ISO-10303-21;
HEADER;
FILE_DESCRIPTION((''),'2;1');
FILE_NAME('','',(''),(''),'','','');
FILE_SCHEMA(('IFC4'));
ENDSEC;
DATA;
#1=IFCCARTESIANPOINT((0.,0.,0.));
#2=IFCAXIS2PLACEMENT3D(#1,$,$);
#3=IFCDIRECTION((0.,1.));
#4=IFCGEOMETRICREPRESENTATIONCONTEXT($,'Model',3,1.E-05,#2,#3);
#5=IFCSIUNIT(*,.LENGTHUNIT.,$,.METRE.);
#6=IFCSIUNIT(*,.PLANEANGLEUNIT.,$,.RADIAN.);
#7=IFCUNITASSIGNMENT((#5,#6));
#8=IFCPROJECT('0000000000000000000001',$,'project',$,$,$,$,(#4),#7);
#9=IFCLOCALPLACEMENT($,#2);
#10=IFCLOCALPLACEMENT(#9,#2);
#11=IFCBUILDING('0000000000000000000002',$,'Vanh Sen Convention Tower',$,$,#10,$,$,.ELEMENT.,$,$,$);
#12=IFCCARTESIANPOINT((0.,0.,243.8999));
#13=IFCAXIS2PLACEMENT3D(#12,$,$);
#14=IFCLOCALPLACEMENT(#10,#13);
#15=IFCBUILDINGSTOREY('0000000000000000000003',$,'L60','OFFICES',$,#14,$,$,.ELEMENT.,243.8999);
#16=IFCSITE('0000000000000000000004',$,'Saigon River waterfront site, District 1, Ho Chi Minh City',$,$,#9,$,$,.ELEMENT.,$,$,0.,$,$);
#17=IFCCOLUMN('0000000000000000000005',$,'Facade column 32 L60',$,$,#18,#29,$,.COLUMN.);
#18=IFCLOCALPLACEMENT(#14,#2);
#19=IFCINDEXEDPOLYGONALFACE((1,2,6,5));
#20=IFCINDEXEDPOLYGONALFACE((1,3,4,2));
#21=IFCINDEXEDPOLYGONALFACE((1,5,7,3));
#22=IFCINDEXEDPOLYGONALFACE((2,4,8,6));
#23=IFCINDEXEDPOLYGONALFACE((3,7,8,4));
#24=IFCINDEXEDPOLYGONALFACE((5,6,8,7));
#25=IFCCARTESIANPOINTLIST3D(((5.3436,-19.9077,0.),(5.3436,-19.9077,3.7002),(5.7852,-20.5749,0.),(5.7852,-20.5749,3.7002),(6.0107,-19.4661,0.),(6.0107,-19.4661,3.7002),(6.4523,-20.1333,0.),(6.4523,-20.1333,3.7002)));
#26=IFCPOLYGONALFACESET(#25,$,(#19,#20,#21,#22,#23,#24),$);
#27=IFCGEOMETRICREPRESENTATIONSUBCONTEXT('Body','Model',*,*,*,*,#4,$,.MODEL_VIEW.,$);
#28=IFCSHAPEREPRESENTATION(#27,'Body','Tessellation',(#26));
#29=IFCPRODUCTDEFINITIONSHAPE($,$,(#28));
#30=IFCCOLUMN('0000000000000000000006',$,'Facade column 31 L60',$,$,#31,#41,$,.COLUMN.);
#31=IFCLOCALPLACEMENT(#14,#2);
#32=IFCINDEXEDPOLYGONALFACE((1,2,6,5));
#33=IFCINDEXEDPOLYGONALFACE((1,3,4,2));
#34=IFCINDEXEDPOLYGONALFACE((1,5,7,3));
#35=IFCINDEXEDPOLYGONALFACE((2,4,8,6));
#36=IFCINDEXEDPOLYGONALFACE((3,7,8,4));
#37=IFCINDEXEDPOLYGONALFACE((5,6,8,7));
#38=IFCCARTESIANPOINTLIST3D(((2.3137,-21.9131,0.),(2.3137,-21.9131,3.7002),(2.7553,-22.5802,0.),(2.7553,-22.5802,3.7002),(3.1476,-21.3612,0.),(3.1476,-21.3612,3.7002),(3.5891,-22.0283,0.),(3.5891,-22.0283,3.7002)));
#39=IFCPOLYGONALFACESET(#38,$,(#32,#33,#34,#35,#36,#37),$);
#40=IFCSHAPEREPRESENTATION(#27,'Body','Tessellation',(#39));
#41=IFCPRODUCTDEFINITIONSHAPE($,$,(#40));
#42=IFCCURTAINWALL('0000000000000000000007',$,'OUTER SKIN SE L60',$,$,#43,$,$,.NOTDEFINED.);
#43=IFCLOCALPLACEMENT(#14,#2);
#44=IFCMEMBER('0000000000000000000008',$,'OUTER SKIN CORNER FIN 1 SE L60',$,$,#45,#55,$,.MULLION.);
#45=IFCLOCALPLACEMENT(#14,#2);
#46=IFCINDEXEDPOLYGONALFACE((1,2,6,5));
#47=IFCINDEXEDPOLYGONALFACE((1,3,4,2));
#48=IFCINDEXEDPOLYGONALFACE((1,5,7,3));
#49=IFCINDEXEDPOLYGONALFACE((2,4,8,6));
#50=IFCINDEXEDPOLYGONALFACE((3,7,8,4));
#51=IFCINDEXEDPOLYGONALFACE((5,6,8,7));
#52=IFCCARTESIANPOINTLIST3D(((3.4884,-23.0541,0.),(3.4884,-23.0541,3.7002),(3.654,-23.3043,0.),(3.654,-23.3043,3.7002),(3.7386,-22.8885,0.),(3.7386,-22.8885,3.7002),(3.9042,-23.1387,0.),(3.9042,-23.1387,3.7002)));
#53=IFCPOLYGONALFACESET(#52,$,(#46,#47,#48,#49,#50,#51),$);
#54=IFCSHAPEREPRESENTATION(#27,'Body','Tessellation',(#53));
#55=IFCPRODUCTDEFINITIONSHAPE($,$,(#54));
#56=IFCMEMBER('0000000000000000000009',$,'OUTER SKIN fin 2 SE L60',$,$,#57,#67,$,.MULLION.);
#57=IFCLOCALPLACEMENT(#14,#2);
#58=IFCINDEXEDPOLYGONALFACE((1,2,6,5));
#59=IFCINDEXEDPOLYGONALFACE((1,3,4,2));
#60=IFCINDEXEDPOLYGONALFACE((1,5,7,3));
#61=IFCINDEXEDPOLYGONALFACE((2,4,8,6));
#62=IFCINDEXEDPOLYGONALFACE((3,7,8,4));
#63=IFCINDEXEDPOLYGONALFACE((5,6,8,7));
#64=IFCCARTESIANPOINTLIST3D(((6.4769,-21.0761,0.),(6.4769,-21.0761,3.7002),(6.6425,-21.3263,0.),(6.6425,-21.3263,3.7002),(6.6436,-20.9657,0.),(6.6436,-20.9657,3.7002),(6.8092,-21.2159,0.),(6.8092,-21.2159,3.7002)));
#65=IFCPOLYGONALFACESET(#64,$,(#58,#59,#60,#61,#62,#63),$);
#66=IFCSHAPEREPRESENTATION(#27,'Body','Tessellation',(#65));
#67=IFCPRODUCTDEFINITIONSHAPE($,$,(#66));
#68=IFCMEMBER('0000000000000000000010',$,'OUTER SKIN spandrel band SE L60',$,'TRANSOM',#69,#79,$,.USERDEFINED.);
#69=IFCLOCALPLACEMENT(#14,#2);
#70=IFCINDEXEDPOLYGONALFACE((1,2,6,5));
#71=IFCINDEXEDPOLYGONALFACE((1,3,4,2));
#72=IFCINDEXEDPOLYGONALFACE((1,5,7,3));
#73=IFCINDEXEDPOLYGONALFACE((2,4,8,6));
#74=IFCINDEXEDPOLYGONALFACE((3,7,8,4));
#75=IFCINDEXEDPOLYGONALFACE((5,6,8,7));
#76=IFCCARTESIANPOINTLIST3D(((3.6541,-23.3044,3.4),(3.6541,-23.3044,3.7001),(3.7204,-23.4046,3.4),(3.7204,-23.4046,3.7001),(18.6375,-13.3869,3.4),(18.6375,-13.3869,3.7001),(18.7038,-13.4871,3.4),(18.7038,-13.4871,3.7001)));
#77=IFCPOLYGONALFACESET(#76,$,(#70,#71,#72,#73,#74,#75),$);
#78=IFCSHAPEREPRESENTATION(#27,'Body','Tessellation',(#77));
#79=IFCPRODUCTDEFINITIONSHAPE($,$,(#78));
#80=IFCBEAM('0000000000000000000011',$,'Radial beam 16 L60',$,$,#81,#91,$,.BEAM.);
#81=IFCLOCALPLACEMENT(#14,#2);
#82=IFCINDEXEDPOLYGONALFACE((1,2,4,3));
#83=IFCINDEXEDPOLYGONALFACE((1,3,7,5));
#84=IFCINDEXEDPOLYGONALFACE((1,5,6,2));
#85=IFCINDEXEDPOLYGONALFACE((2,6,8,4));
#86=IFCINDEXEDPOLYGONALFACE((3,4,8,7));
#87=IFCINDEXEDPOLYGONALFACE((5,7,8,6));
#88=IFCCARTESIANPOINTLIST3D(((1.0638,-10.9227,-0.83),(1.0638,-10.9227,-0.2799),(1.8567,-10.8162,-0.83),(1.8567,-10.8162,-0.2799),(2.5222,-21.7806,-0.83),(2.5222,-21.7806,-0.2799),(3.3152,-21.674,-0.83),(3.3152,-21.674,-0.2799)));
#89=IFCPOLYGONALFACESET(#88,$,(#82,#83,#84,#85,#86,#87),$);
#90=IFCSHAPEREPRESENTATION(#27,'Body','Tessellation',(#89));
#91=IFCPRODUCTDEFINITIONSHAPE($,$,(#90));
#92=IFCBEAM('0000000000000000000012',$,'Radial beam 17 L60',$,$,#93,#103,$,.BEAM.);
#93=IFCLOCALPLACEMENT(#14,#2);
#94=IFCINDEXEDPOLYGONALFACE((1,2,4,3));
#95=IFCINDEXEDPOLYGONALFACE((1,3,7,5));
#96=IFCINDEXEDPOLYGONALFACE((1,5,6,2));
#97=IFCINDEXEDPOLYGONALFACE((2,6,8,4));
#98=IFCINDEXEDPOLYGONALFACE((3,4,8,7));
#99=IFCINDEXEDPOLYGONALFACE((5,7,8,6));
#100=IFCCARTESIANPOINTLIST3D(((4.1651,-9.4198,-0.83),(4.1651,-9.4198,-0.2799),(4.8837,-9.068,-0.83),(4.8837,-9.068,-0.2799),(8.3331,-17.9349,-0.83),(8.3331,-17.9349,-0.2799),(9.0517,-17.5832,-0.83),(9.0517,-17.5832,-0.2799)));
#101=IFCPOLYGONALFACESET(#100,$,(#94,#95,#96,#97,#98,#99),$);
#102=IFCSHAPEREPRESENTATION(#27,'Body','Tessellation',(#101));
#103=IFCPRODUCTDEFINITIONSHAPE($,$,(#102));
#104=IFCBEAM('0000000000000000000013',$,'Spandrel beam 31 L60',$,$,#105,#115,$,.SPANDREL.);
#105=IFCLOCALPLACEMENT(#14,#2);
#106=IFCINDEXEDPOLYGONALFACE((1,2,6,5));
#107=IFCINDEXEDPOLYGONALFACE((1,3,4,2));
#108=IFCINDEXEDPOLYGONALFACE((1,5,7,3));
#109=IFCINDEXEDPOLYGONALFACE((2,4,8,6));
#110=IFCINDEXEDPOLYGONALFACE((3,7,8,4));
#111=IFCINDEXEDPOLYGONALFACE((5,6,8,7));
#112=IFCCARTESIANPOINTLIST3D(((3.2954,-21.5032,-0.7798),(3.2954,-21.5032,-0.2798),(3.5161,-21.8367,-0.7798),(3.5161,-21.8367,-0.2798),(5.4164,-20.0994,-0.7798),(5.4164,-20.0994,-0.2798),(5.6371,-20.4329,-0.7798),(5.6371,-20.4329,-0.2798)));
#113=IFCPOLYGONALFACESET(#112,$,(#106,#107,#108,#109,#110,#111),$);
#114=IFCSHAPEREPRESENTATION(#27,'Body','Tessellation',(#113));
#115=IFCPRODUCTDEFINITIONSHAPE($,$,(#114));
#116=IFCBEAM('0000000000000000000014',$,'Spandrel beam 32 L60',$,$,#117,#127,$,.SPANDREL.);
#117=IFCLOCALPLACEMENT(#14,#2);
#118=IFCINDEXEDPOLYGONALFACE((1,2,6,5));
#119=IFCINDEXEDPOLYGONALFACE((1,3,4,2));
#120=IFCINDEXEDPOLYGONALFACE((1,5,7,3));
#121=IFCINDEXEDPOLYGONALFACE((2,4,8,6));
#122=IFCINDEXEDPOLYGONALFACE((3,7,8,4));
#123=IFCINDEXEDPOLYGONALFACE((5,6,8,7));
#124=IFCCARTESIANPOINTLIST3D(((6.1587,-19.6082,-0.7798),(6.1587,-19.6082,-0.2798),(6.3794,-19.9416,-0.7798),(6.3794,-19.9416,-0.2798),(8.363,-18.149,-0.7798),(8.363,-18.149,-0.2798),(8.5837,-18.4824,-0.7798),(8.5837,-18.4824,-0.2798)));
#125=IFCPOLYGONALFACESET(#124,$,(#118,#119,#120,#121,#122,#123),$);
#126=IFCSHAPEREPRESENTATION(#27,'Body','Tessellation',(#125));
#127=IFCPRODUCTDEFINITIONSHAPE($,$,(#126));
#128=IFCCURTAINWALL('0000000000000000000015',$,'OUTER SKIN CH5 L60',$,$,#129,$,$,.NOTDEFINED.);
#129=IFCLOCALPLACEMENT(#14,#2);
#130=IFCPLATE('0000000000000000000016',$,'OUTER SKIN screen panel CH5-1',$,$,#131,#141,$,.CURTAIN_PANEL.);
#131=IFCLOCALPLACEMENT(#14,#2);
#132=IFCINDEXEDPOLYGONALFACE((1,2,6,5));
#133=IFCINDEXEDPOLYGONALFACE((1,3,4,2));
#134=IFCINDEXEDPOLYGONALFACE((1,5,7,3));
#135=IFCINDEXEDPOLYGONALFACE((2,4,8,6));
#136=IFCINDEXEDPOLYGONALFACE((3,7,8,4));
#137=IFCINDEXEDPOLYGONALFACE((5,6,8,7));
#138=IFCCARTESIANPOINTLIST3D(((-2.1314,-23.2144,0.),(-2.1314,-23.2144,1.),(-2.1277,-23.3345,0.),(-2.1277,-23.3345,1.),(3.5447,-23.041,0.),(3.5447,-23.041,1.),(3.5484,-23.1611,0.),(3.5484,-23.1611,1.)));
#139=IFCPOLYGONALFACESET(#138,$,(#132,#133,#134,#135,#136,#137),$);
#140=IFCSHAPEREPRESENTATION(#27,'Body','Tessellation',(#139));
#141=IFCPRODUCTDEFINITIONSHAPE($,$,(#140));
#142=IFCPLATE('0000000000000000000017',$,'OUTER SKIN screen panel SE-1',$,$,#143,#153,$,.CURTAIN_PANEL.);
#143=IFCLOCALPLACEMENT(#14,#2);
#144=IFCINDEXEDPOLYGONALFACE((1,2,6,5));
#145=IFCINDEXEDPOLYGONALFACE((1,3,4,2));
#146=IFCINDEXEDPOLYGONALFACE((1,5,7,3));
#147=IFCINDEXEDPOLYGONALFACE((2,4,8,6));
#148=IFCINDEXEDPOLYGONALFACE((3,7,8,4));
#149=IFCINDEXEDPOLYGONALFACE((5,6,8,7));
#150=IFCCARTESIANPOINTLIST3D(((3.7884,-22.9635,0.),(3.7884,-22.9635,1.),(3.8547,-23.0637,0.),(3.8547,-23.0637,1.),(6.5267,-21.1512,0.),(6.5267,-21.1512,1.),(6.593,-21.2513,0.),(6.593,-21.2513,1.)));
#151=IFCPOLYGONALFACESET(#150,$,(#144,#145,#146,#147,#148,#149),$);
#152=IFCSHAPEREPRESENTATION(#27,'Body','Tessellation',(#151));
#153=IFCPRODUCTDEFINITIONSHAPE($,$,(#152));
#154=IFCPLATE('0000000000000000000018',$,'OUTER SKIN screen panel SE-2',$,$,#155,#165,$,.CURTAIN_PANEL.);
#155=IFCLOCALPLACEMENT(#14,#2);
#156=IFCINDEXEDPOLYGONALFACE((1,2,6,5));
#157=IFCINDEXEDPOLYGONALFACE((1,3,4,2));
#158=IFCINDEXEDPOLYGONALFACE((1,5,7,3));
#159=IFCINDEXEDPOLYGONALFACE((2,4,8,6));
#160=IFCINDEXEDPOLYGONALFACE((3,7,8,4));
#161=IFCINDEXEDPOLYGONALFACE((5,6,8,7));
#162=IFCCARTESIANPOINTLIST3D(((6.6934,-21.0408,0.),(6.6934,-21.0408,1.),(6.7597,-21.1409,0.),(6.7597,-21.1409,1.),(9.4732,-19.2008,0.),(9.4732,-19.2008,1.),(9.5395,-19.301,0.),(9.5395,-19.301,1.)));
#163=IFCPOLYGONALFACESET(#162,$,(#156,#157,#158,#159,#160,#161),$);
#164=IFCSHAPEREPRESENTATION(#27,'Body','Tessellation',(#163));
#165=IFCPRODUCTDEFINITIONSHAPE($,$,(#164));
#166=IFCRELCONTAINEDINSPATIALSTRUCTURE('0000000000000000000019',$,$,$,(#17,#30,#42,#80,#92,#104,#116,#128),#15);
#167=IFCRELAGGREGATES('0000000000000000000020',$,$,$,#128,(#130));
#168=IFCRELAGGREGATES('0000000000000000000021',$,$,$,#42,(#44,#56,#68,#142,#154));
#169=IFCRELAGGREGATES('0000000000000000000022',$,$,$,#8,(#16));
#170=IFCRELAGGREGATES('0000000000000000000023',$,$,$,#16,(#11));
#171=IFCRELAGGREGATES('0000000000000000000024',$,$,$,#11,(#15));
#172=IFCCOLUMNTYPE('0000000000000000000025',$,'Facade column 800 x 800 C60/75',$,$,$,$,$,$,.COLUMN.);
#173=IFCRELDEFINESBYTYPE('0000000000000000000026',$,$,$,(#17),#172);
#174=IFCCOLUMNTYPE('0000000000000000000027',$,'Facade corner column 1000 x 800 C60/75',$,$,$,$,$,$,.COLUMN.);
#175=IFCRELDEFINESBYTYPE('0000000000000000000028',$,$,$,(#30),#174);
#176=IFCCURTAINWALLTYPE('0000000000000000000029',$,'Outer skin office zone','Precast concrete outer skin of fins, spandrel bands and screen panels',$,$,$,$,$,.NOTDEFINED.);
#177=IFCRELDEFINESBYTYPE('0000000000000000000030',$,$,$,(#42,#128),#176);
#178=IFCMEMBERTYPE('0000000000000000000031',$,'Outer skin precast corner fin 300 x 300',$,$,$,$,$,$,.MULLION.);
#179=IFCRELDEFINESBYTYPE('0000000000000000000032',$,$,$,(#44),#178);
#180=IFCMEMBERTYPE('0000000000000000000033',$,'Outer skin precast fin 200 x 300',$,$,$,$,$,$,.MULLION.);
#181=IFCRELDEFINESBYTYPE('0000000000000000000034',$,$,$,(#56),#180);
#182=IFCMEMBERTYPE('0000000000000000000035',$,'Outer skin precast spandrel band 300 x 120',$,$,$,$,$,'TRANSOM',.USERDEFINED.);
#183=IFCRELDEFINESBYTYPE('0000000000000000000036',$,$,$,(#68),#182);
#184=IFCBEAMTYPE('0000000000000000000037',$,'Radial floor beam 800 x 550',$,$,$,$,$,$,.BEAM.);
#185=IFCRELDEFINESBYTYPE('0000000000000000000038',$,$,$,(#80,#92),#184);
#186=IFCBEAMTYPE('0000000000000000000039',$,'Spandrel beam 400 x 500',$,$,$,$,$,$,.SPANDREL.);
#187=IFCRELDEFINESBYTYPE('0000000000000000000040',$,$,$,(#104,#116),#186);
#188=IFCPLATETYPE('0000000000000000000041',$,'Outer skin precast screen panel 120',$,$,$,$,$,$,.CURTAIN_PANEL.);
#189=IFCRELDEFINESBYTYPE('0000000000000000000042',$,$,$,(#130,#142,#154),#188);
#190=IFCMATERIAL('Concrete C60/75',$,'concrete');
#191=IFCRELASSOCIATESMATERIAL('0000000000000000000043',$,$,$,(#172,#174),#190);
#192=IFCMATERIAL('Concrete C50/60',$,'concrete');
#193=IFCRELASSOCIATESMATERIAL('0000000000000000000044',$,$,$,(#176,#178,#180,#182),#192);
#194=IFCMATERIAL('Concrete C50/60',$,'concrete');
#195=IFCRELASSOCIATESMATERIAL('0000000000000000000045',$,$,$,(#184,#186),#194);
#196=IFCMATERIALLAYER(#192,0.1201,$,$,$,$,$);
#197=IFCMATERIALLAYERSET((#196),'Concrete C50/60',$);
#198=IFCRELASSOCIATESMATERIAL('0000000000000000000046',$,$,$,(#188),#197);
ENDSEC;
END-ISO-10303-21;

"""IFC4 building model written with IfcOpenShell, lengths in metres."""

from ifc_helpers import new_model, si_unit, direction, frame, origin, origin_2d, place, context, subcontext, project, spatial, rectangle, extrude, material, layer, layer_set, material_profile, profile_set, type_object, element, aggregate, save


model = new_model("IFC4")

# Units and contexts
model_context = context("Model", 3, precision=1e-05, world=origin(), true_north=direction((0.0, 1.0)))
body_context = subcontext(model_context, "Body", "Model", "MODEL_VIEW")
ifc_project = project(units=[si_unit("LENGTHUNIT", "METRE"), si_unit("PLANEANGLEUNIT", "RADIAN")], contexts=[model_context])

# Site, building, storey
site_placement = place(None, origin())
site = spatial("IfcSite", under=ifc_project, at=site_placement, Name="Saigon River waterfront site, District 1, Ho Chi Minh City", CompositionType="ELEMENT", RefElevation=0.0)
building_placement = place(site_placement, origin())
building = spatial("IfcBuilding", under=site, at=building_placement, Name="Vanh Sen Convention Tower", CompositionType="ELEMENT")
storey_placement = place(building_placement, frame((0.0, 0.0, 243.8999)))
storey = spatial("IfcBuildingStorey", under=building, at=storey_placement, Name="L60", Description="OFFICES", CompositionType="ELEMENT", Elevation=243.8999)

# Columns
ifc_material_1 = material(Name="Concrete C60/75", Category="concrete")
ifc_material_profile_1 = material_profile(ifc_material_1, rectangle(XDim=0.8, YDim=0.8, at=origin_2d()), Name="RC 800X800")
ifc_profile_set_1 = profile_set([ifc_material_profile_1], Name="Concrete C60/75")
column_type_1 = type_object("IfcColumnType", Name="Facade column 800 x 800 C60/75", PredefinedType="COLUMN", material=ifc_profile_set_1)
column_1_placement = place(storey_placement, frame((5.8979, -20.0205, 0.0), z_axis=(0.0, 0.0, 1.0), x_axis=(0.833886, 0.551937, 0.0)))
element("IfcColumn", 1, at=column_1_placement, inside=storey, type_object=column_type_1, Name="Facade column 32 L60", PredefinedType="COLUMN", context=body_context, shape_type="SweptSolid", body=[
    extrude(rectangle(XDim=0.8, YDim=0.8, at=origin_2d()), origin(), (0.0, 0.0, 1.0), 3.7002),
])
ifc_material_profile_2 = material_profile(ifc_material_1, rectangle(XDim=1.0, YDim=0.8, at=origin_2d()), Name="RC 1000X800")
ifc_profile_set_2 = profile_set([ifc_material_profile_2], Name="Concrete C60/75")
column_type_2 = type_object("IfcColumnType", Name="Facade corner column 1000 x 800 C60/75", PredefinedType="COLUMN", material=ifc_profile_set_2)
column_2_placement = place(storey_placement, frame((2.9514, -21.9707, 0.0), z_axis=(0.0, 0.0, 1.0), x_axis=(0.833886, 0.551937, 0.0)))
element("IfcColumn", 2, at=column_2_placement, inside=storey, type_object=column_type_2, Name="Facade column 31 L60", PredefinedType="COLUMN", context=body_context, shape_type="SweptSolid", body=[
    extrude(rectangle(XDim=1.0, YDim=0.8, at=origin_2d()), origin(), (0.0, 0.0, 1.0), 3.7002),
])

# Curtain wall, members
ifc_material_2 = material(Name="Concrete C50/60", Category="concrete")
curtain_wall_type = type_object("IfcCurtainWallType", Name="Outer skin office zone", Description="Precast concrete outer skin of fins, spandrel bands and screen panels", PredefinedType="NOTDEFINED", material=ifc_material_2)
curtain_wall_1_placement = place(storey_placement, origin())
curtain_wall_1 = element("IfcCurtainWall", 3, at=curtain_wall_1_placement, inside=storey, type_object=curtain_wall_type, Name="OUTER SKIN SE L60", PredefinedType="NOTDEFINED")
ifc_material_profile_3 = material_profile(ifc_material_2, rectangle(XDim=0.3, YDim=0.3, at=origin_2d()), Name="Outer skin precast corner fin 300 x 300")
ifc_profile_set_3 = profile_set([ifc_material_profile_3], Name="Concrete C50/60")
member_type_1 = type_object("IfcMemberType", Name="Outer skin precast corner fin 300 x 300", PredefinedType="MULLION", material=ifc_profile_set_3)
member_1_placement = place(storey_placement, frame((3.6963, -23.0964, 0.0), z_axis=(0.0, 0.0, 1.0), x_axis=(0.833886, 0.551937, 0.0)))
member_1 = element("IfcMember", 4, at=member_1_placement, type_object=member_type_1, Name="OUTER SKIN CORNER FIN 1 SE L60", PredefinedType="MULLION", context=body_context, shape_type="SweptSolid", body=[
    extrude(rectangle(XDim=0.3, YDim=0.3, at=origin_2d()), origin(), (0.0, 0.0, 1.0), 3.7002),
])
ifc_material_profile_4 = material_profile(ifc_material_2, rectangle(XDim=0.2, YDim=0.3, at=origin_2d()), Name="Outer skin precast fin 200 x 300")
ifc_profile_set_4 = profile_set([ifc_material_profile_4], Name="Concrete C50/60")
member_type_2 = type_object("IfcMemberType", Name="Outer skin precast fin 200 x 300", PredefinedType="MULLION", material=ifc_profile_set_4)
member_2_placement = place(storey_placement, frame((6.6431, -21.146, 0.0), z_axis=(0.0, 0.0, 1.0), x_axis=(0.833886, 0.551937, 0.0)))
member_2 = element("IfcMember", 5, at=member_2_placement, type_object=member_type_2, Name="OUTER SKIN fin 2 SE L60", PredefinedType="MULLION", context=body_context, shape_type="SweptSolid", body=[
    extrude(rectangle(XDim=0.2, YDim=0.3, at=origin_2d()), origin(), (0.0, 0.0, 1.0), 3.7002),
])
ifc_material_profile_5 = material_profile(ifc_material_2, rectangle(XDim=0.1201, YDim=0.3, at=origin_2d()), Name="Outer skin precast spandrel band 300 x 120")
ifc_profile_set_5 = profile_set([ifc_material_profile_5], Name="Concrete C50/60")
member_type_3 = type_object("IfcMemberType", Name="Outer skin precast spandrel band 300 x 120", ElementType="TRANSOM", PredefinedType="USERDEFINED", material=ifc_profile_set_5)
member_3_placement = place(storey_placement, frame((3.6873, -23.3545, 3.55), z_axis=(0.833881, 0.551944, 0.0), x_axis=(-0.551944, 0.833881, 0.0)))
member_3 = element("IfcMember", 6, at=member_3_placement, type_object=member_type_3, Name="OUTER SKIN spandrel band SE L60", ObjectType="TRANSOM", PredefinedType="USERDEFINED", context=body_context, shape_type="SweptSolid", body=[
    extrude(rectangle(XDim=0.1201, YDim=0.3, at=origin_2d()), origin(), (0.0, 0.0, 1.0), 17.9683),
])

# Beams
ifc_material_3 = material(Name="Concrete C50/60", Category="concrete")
ifc_material_profile_6 = material_profile(ifc_material_3, rectangle(XDim=0.8, YDim=0.55, at=origin_2d()), Name="RC 800X550")
ifc_profile_set_6 = profile_set([ifc_material_profile_6], Name="Concrete C50/60")
beam_type_1 = type_object("IfcBeamType", Name="Radial floor beam 800 x 550", PredefinedType="BEAM", material=ifc_profile_set_6)
beam_1_placement = place(storey_placement, frame((2.9187, -21.7273, -0.5549), z_axis=(-0.13313, 0.991099, 0.0), x_axis=(-0.991099, -0.13313, 0.0)))
element("IfcBeam", 7, at=beam_1_placement, inside=storey, type_object=beam_type_1, Name="Radial beam 16 L60", PredefinedType="BEAM", context=body_context, shape_type="SweptSolid", body=[
    extrude(rectangle(XDim=0.8, YDim=0.55, at=origin_2d()), origin(), (0.0, 0.0, 1.0), 10.9553),
])
beam_2_placement = place(storey_placement, frame((8.6924, -17.759, -0.5549), z_axis=(-0.439637, 0.898176, 0.0), x_axis=(-0.898176, -0.439637, 0.0)))
element("IfcBeam", 8, at=beam_2_placement, inside=storey, type_object=beam_type_1, Name="Radial beam 17 L60", PredefinedType="BEAM", context=body_context, shape_type="SweptSolid", body=[
    extrude(rectangle(XDim=0.8, YDim=0.55, at=origin_2d()), origin(), (0.0, 0.0, 1.0), 9.4805),
])
ifc_material_profile_7 = material_profile(ifc_material_3, rectangle(XDim=0.3999, YDim=0.5, at=origin_2d()), Name="RC 400X500")
ifc_profile_set_7 = profile_set([ifc_material_profile_7], Name="Concrete C50/60")
beam_type_2 = type_object("IfcBeamType", Name="Spandrel beam 400 x 500", PredefinedType="SPANDREL", material=ifc_profile_set_7)
beam_3_placement = place(storey_placement, frame((3.4058, -21.6699, -0.5298), z_axis=(0.833906, 0.551906, 0.0), x_axis=(-0.551906, 0.833906, 0.0)))
element("IfcBeam", 9, at=beam_3_placement, inside=storey, type_object=beam_type_2, Name="Spandrel beam 31 L60", PredefinedType="SPANDREL", context=body_context, shape_type="SweptSolid", body=[
    extrude(rectangle(XDim=0.3999, YDim=0.5, at=origin_2d()), origin(), (0.0, 0.0, 1.0), 2.5435),
])
beam_4_placement = place(storey_placement, frame((6.269, -19.7749, -0.5298), z_axis=(0.83385, 0.551991, 0.0), x_axis=(-0.551991, 0.83385, 0.0)))
element("IfcBeam", 10, at=beam_4_placement, inside=storey, type_object=beam_type_2, Name="Spandrel beam 32 L60", PredefinedType="SPANDREL", context=body_context, shape_type="SweptSolid", body=[
    extrude(rectangle(XDim=0.3999, YDim=0.5, at=origin_2d()), origin(), (0.0, 0.0, 1.0), 2.6436),
])

# Curtain wall, plate
curtain_wall_2_placement = place(storey_placement, origin())
curtain_wall_2 = element("IfcCurtainWall", 11, at=curtain_wall_2_placement, inside=storey, type_object=curtain_wall_type, Name="OUTER SKIN CH5 L60", PredefinedType="NOTDEFINED")
ifc_layer_1 = layer(ifc_material_2, 0.1201)
ifc_layer_set_1 = layer_set([ifc_layer_1], Name="Concrete C50/60")
plate_type = type_object("IfcPlateType", Name="Outer skin precast screen panel 120", PredefinedType="CURTAIN_PANEL", material=ifc_layer_set_1)
plate_1_placement = place(storey_placement, frame((0.7085, -23.1877, 0.0), z_axis=(0.0, 0.0, 1.0), x_axis=(0.999534, 0.03054, 0.0)))
plate_1 = element("IfcPlate", 12, at=plate_1_placement, type_object=plate_type, Name="OUTER SKIN screen panel CH5-1", PredefinedType="CURTAIN_PANEL", context=body_context, shape_type="SweptSolid", body=[
    extrude(rectangle(XDim=5.6787, YDim=0.1201, at=origin_2d()), origin(), (0.0, 0.0, 1.0), 1.0),
])
aggregate(curtain_wall_2, [plate_1])

# Plates
plate_2_placement = place(storey_placement, frame((5.1907, -22.1074, 0.0), z_axis=(0.0, 0.0, 1.0), x_axis=(0.833896, 0.551921, 0.0)))
plate_2 = element("IfcPlate", 13, at=plate_2_placement, type_object=plate_type, Name="OUTER SKIN screen panel SE-1", PredefinedType="CURTAIN_PANEL", context=body_context, shape_type="SweptSolid", body=[
    extrude(rectangle(XDim=3.2837, YDim=0.1201, at=origin_2d()), origin(), (0.0, 0.0, 1.0), 1.0),
])
plate_3_placement = place(storey_placement, frame((8.1165, -20.1709, 0.0), z_axis=(0.0, 0.0, 1.0), x_axis=(0.833874, 0.551954, 0.0)))
plate_3 = element("IfcPlate", 14, at=plate_3_placement, type_object=plate_type, Name="OUTER SKIN screen panel SE-2", PredefinedType="CURTAIN_PANEL", context=body_context, shape_type="SweptSolid", body=[
    extrude(rectangle(XDim=3.3335, YDim=0.1201, at=origin_2d()), origin(), (0.0, 0.0, 1.0), 1.0),
])
aggregate(curtain_wall_1, [member_1, member_2, member_3, plate_2, plate_3])

save(model, "model.ifc")
